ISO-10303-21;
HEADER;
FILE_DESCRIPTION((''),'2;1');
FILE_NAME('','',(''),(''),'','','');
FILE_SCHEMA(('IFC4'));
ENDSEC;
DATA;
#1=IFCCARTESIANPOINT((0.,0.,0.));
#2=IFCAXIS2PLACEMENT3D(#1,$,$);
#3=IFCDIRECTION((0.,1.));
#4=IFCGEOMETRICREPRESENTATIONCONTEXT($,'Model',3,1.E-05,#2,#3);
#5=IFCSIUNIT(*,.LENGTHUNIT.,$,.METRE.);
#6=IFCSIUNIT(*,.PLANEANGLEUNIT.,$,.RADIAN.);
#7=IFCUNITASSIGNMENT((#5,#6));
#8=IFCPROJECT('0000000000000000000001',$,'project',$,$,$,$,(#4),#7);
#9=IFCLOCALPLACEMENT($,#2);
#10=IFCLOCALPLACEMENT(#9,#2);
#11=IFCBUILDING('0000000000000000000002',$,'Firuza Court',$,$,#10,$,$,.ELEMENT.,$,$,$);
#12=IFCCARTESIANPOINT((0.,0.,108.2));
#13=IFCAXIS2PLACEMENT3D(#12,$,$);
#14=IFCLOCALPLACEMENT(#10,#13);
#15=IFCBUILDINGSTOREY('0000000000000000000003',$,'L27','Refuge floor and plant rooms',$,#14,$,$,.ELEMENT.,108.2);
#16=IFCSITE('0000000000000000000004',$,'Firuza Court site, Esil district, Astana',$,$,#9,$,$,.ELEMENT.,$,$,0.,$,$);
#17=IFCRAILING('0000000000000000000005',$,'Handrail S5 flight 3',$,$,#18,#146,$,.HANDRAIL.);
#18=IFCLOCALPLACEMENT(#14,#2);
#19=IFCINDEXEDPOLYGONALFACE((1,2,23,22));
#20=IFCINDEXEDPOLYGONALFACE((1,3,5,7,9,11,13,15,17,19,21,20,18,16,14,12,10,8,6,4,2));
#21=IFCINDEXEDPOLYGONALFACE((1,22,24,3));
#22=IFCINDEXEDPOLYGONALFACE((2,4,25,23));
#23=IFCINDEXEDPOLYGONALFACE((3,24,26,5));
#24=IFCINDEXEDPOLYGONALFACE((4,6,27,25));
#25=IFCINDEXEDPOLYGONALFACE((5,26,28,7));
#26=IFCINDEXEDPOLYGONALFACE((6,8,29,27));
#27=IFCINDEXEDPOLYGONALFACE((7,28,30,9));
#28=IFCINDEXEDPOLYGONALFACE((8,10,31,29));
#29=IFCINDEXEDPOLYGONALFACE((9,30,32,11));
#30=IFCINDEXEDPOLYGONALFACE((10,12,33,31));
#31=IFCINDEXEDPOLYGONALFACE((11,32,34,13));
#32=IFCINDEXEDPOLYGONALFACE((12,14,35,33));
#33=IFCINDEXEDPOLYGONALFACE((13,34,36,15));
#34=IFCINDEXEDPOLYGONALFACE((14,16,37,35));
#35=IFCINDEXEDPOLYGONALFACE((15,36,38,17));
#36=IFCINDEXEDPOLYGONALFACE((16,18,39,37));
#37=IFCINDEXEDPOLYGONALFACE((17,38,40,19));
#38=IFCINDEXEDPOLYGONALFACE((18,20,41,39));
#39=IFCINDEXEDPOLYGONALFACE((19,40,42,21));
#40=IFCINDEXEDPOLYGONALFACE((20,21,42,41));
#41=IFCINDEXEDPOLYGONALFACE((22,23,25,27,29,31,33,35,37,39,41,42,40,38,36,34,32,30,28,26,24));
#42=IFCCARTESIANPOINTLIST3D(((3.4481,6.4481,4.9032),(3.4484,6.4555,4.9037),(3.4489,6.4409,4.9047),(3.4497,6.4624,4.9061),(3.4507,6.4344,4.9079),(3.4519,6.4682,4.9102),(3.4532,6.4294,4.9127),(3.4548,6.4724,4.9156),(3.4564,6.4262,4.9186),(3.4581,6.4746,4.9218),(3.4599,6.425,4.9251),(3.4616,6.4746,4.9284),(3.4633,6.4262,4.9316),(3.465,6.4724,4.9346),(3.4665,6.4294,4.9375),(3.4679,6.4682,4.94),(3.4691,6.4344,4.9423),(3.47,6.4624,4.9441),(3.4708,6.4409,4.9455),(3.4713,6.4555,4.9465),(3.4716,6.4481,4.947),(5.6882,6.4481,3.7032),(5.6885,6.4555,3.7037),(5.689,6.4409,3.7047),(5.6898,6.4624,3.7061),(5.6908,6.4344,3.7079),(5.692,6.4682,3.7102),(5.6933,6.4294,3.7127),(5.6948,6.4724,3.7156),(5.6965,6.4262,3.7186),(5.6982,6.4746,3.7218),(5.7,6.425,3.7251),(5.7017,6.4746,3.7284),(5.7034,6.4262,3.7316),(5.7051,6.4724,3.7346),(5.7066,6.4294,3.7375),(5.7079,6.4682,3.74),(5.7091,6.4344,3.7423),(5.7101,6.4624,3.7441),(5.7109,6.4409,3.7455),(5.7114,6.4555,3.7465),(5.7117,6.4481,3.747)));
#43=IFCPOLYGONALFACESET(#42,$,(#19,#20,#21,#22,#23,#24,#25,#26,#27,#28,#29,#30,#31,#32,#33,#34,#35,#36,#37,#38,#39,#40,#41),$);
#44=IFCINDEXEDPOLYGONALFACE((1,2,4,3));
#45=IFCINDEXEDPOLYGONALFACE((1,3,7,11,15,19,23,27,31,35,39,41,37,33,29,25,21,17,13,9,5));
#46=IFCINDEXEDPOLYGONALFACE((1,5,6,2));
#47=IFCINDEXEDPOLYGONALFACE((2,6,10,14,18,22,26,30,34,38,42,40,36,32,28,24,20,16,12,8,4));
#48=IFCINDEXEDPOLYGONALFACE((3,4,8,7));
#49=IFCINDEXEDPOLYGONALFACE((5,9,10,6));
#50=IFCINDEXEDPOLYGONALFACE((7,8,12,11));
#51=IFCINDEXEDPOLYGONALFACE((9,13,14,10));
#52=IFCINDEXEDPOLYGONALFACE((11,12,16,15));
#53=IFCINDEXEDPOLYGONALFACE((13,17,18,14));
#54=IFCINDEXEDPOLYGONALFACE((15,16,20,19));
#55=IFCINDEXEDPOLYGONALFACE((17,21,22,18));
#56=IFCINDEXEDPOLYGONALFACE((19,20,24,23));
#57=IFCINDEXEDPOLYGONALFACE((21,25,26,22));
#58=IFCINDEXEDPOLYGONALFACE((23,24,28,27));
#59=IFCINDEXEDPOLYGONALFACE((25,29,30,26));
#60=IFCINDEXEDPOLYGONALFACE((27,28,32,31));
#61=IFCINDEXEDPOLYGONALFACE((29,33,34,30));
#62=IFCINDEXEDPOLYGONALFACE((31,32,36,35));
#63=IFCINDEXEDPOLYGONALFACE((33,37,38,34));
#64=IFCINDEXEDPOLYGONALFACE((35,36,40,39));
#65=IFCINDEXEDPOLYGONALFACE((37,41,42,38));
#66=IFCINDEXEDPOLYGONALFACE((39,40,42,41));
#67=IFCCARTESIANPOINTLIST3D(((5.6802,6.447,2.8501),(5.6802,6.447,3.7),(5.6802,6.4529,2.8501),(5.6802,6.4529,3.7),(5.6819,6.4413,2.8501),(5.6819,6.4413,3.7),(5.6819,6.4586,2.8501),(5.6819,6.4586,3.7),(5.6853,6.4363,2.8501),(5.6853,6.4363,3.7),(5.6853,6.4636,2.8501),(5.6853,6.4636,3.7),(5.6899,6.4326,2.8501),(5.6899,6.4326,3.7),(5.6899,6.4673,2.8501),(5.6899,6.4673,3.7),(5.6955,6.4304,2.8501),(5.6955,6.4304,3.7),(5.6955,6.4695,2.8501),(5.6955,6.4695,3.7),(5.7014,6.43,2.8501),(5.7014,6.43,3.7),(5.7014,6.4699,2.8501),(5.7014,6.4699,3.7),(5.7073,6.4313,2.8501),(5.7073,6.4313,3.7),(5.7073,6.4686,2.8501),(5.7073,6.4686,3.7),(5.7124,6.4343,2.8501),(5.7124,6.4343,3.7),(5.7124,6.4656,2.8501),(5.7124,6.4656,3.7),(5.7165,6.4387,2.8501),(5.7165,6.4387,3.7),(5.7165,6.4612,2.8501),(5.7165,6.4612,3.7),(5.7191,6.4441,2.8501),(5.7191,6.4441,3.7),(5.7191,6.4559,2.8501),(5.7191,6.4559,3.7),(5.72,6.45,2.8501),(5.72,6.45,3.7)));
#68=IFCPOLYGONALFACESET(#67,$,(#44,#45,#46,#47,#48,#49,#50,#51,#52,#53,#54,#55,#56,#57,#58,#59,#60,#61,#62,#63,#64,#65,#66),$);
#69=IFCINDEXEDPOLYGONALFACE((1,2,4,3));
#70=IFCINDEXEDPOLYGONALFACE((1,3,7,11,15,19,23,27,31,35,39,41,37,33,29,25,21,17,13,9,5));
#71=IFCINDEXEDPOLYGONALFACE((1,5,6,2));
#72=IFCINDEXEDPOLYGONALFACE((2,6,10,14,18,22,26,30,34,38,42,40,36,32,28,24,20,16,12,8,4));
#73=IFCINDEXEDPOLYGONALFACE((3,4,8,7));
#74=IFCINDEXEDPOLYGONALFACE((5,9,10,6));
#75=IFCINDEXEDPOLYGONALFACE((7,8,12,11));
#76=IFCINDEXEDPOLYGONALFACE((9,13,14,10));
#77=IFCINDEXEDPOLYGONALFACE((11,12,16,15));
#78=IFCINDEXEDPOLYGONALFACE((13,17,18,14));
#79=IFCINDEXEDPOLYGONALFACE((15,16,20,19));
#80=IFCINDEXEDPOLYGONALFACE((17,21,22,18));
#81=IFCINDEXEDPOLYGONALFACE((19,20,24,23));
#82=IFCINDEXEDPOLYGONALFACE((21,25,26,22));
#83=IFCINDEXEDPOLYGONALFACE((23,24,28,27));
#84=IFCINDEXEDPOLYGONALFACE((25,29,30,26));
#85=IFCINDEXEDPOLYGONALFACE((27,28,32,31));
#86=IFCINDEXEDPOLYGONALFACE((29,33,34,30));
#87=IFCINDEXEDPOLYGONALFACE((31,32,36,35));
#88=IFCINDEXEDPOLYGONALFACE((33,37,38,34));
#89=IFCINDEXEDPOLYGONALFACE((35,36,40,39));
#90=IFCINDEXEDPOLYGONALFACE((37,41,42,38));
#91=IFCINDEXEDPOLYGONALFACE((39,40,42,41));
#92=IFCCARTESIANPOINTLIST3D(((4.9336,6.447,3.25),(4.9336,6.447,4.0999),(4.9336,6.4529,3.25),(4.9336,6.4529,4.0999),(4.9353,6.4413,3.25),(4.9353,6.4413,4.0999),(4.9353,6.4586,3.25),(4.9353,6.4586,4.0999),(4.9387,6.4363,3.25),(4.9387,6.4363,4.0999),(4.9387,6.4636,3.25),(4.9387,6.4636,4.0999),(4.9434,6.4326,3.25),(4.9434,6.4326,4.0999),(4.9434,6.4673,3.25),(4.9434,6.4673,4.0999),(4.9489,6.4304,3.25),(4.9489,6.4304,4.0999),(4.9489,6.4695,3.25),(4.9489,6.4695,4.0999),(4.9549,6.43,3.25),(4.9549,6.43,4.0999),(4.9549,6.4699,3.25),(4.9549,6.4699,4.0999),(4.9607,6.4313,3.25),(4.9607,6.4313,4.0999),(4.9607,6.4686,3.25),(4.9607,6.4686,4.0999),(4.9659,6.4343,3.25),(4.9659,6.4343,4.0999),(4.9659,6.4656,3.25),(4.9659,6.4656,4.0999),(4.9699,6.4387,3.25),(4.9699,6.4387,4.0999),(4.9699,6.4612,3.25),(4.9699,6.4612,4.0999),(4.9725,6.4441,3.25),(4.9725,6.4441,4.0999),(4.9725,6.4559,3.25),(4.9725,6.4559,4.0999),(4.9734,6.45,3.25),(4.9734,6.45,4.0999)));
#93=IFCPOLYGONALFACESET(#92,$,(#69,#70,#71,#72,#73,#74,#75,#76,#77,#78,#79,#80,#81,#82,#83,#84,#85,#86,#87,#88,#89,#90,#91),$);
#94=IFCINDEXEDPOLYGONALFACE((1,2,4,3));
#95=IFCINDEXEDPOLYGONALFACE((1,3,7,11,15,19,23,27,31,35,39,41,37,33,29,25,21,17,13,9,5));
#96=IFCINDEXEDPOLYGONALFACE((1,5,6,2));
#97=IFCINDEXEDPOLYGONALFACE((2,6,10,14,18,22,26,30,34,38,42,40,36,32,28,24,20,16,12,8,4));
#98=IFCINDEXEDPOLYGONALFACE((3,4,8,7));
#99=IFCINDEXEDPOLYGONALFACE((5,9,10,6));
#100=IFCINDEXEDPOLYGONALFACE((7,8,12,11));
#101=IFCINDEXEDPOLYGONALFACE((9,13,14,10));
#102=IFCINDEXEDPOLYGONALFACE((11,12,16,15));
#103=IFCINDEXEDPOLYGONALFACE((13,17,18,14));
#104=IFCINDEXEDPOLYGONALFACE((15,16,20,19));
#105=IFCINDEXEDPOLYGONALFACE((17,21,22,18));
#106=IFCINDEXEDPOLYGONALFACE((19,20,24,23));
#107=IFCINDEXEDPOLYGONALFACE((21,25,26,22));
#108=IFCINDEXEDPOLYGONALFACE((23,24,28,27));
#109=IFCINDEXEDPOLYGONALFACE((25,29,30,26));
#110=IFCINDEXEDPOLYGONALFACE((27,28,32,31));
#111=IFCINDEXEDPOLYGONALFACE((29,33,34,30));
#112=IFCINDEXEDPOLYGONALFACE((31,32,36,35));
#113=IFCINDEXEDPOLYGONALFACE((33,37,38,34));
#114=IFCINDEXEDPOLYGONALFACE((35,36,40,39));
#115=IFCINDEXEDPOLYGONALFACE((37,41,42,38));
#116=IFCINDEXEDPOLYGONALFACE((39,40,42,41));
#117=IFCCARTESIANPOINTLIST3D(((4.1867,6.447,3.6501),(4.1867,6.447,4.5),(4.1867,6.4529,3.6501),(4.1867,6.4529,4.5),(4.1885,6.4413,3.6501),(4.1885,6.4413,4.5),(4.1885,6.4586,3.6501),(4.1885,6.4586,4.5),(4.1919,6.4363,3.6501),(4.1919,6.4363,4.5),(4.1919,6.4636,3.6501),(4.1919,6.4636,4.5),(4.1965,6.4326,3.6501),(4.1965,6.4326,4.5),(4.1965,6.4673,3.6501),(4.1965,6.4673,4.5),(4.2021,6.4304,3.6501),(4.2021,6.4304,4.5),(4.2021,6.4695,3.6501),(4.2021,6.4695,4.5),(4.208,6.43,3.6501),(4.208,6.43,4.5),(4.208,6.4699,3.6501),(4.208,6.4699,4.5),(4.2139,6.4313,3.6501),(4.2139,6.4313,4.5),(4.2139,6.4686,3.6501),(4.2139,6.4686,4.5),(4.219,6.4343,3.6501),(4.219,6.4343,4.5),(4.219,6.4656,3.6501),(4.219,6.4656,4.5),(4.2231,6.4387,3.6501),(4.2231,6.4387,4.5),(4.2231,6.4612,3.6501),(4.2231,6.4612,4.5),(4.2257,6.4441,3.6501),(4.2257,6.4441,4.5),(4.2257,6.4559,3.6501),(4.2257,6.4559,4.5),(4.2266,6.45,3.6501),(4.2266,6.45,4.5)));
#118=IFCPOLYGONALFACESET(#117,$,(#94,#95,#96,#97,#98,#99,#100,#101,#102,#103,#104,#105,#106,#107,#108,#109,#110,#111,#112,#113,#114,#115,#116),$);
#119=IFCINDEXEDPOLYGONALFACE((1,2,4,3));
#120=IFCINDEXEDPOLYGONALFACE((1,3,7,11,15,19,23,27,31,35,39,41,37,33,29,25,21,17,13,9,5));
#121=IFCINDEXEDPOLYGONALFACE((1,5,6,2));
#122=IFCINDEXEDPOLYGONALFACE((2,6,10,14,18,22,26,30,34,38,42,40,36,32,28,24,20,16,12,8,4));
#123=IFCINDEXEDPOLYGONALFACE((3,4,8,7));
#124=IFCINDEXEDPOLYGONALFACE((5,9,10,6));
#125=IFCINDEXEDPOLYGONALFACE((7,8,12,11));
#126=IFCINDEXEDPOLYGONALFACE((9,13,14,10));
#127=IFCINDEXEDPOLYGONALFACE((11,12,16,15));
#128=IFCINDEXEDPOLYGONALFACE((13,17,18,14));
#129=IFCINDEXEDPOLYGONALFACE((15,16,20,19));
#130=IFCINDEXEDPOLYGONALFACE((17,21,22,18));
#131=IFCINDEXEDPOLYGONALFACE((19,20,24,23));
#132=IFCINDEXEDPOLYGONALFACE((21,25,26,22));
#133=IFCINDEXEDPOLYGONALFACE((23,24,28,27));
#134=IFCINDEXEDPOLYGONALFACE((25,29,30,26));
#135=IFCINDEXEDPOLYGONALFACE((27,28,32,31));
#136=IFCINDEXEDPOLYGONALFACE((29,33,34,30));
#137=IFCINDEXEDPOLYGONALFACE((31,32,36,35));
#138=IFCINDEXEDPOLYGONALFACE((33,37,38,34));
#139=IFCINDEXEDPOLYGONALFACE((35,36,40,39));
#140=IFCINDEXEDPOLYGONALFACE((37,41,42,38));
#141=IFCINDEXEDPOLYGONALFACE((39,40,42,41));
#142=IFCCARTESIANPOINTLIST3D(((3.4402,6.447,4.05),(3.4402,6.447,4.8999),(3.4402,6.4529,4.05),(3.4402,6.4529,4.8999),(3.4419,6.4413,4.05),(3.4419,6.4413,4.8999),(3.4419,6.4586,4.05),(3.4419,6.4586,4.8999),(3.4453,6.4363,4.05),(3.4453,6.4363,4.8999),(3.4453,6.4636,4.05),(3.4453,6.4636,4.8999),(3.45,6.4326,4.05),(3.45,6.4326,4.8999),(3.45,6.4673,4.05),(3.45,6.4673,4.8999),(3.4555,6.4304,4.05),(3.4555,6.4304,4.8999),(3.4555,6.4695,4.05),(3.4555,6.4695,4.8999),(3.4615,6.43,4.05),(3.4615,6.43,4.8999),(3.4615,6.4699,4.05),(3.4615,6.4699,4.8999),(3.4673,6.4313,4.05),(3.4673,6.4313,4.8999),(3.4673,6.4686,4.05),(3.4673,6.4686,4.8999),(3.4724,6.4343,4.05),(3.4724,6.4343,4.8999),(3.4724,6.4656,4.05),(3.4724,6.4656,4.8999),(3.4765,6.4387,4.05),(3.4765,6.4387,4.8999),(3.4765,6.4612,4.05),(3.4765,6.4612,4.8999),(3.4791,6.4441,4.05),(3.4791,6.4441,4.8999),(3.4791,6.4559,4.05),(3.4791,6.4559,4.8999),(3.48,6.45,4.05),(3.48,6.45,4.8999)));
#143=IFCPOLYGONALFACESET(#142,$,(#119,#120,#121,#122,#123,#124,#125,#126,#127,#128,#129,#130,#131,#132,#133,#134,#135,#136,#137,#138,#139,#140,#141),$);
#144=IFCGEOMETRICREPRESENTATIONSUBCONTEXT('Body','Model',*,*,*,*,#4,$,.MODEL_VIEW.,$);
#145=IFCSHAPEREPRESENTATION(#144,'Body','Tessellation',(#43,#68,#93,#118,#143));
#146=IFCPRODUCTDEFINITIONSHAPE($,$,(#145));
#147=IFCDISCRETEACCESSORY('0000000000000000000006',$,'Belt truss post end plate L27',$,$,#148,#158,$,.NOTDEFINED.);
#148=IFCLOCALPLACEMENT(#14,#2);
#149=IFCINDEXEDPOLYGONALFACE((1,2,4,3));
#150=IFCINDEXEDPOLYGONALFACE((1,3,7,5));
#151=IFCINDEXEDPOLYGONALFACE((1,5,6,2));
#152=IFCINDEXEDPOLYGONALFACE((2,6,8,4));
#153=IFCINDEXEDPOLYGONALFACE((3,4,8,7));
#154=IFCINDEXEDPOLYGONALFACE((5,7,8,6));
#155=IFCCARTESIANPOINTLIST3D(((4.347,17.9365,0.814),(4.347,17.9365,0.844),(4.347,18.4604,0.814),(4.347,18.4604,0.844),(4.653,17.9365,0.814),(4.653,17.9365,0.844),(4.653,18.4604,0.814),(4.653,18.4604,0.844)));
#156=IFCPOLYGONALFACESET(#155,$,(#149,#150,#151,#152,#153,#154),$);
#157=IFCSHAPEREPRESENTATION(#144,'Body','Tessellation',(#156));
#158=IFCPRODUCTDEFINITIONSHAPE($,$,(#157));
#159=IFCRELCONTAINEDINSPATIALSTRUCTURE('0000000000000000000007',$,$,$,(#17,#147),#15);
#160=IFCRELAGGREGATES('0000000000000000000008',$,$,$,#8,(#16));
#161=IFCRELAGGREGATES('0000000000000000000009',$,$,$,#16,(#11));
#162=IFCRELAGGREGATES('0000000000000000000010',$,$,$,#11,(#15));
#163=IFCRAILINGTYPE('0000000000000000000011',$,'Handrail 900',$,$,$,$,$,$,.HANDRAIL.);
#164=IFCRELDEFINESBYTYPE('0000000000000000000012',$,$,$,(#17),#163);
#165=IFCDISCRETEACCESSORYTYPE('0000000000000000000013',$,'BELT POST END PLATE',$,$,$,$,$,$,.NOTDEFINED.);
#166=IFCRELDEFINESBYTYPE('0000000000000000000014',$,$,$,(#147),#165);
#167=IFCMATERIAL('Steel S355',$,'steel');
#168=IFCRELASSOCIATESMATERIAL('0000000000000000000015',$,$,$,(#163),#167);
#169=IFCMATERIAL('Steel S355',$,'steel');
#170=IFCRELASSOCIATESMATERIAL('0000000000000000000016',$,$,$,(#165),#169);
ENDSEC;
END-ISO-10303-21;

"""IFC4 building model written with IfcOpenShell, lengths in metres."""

from ifc_helpers import new_model, si_unit, direction, frame, origin, origin_2d, place, context, subcontext, project, spatial, rectangle, circle, extrude, material, material_profile, profile_set, type_object, element, save


model = new_model("IFC4")

# Units and contexts
model_context = context("Model", 3, precision=1e-05, world=origin(), true_north=direction((0.0, 1.0)))
body_context = subcontext(model_context, "Body", "Model", "MODEL_VIEW")
ifc_project = project(units=[si_unit("LENGTHUNIT", "METRE"), si_unit("PLANEANGLEUNIT", "RADIAN")], contexts=[model_context])

# Site, building, storey
site_placement = place(None, origin())
site = spatial("IfcSite", under=ifc_project, at=site_placement, Name="Firuza Court site, Esil district, Astana", CompositionType="ELEMENT", RefElevation=0.0)
building_placement = place(site_placement, origin())
building = spatial("IfcBuilding", under=site, at=building_placement, Name="Firuza Court", CompositionType="ELEMENT")
storey_placement = place(building_placement, frame((0.0, 0.0, 108.2)))
storey = spatial("IfcBuildingStorey", under=building, at=storey_placement, Name="L27", Description="Refuge floor and plant rooms", CompositionType="ELEMENT", Elevation=108.2)

# Railing
ifc_material_1 = material(Name="Steel S355", Category="steel")
railing_type_1 = type_object("IfcRailingType", Name="Handrail 900", PredefinedType="HANDRAIL", material=ifc_material_1)
for number, where, name in (
    (1, (5.7, 6.45, 2.8501), "Handrail S5 flight 3"),
):
    element("IfcRailing", number, at=place(storey_placement, frame(where)), inside=storey, type_object=railing_type_1, Name=name, PredefinedType="HANDRAIL", context=body_context, shape_type="SweptSolid", body=[
        extrude(circle(Radius=0.0249, at=origin_2d()), frame((0.0, 0.0, 0.875), z_axis=(-0.881487, 0.0, 0.472208), x_axis=(0.0, -1.0, 0.0)), (0.0, 0.0, 1.0), 2.5413),
        extrude(circle(Radius=0.02, at=origin_2d()), origin(), (0.0, 0.0, 1.0), 0.8499),
        extrude(circle(Radius=0.02, at=origin_2d()), frame((-0.7466, 0.0, 0.3999)), (0.0, 0.0, 1.0), 0.8499),
        extrude(circle(Radius=0.02, at=origin_2d()), frame((-1.4934, 0.0, 0.8)), (0.0, 0.0, 1.0), 0.8499),
        extrude(circle(Radius=0.02, at=origin_2d()), frame((-2.24, 0.0, 1.2)), (0.0, 0.0, 1.0), 0.8499),
    ])

# Discrete accessory
ifc_material_2 = material(Name="Steel S355", Category="steel")
ifc_material_profile_1 = material_profile(ifc_material_2, rectangle(XDim=0.3059, YDim=0.5239, at=origin_2d()), Name="PL 306X524")
ifc_profile_set_1 = profile_set([ifc_material_profile_1], Name="Steel S355")
discrete_accessory_type = type_object("IfcDiscreteAccessoryType", Name="BELT POST END PLATE", PredefinedType="NOTDEFINED", material=ifc_profile_set_1)
discrete_accessory_placement = place(storey_placement, frame((4.5, 18.1985, 0.814), z_axis=(0.0, 0.0, 1.0), x_axis=(1.0, 0.0, 0.0)))
element("IfcDiscreteAccessory", 2, at=discrete_accessory_placement, inside=storey, type_object=discrete_accessory_type, Name="Belt truss post end plate L27", PredefinedType="NOTDEFINED", context=body_context, shape_type="SweptSolid", body=[
    extrude(rectangle(XDim=0.3059, YDim=0.5239, at=origin_2d()), origin(), (0.0, 0.0, 1.0), 0.03),
])

save(model, "model.ifc")
